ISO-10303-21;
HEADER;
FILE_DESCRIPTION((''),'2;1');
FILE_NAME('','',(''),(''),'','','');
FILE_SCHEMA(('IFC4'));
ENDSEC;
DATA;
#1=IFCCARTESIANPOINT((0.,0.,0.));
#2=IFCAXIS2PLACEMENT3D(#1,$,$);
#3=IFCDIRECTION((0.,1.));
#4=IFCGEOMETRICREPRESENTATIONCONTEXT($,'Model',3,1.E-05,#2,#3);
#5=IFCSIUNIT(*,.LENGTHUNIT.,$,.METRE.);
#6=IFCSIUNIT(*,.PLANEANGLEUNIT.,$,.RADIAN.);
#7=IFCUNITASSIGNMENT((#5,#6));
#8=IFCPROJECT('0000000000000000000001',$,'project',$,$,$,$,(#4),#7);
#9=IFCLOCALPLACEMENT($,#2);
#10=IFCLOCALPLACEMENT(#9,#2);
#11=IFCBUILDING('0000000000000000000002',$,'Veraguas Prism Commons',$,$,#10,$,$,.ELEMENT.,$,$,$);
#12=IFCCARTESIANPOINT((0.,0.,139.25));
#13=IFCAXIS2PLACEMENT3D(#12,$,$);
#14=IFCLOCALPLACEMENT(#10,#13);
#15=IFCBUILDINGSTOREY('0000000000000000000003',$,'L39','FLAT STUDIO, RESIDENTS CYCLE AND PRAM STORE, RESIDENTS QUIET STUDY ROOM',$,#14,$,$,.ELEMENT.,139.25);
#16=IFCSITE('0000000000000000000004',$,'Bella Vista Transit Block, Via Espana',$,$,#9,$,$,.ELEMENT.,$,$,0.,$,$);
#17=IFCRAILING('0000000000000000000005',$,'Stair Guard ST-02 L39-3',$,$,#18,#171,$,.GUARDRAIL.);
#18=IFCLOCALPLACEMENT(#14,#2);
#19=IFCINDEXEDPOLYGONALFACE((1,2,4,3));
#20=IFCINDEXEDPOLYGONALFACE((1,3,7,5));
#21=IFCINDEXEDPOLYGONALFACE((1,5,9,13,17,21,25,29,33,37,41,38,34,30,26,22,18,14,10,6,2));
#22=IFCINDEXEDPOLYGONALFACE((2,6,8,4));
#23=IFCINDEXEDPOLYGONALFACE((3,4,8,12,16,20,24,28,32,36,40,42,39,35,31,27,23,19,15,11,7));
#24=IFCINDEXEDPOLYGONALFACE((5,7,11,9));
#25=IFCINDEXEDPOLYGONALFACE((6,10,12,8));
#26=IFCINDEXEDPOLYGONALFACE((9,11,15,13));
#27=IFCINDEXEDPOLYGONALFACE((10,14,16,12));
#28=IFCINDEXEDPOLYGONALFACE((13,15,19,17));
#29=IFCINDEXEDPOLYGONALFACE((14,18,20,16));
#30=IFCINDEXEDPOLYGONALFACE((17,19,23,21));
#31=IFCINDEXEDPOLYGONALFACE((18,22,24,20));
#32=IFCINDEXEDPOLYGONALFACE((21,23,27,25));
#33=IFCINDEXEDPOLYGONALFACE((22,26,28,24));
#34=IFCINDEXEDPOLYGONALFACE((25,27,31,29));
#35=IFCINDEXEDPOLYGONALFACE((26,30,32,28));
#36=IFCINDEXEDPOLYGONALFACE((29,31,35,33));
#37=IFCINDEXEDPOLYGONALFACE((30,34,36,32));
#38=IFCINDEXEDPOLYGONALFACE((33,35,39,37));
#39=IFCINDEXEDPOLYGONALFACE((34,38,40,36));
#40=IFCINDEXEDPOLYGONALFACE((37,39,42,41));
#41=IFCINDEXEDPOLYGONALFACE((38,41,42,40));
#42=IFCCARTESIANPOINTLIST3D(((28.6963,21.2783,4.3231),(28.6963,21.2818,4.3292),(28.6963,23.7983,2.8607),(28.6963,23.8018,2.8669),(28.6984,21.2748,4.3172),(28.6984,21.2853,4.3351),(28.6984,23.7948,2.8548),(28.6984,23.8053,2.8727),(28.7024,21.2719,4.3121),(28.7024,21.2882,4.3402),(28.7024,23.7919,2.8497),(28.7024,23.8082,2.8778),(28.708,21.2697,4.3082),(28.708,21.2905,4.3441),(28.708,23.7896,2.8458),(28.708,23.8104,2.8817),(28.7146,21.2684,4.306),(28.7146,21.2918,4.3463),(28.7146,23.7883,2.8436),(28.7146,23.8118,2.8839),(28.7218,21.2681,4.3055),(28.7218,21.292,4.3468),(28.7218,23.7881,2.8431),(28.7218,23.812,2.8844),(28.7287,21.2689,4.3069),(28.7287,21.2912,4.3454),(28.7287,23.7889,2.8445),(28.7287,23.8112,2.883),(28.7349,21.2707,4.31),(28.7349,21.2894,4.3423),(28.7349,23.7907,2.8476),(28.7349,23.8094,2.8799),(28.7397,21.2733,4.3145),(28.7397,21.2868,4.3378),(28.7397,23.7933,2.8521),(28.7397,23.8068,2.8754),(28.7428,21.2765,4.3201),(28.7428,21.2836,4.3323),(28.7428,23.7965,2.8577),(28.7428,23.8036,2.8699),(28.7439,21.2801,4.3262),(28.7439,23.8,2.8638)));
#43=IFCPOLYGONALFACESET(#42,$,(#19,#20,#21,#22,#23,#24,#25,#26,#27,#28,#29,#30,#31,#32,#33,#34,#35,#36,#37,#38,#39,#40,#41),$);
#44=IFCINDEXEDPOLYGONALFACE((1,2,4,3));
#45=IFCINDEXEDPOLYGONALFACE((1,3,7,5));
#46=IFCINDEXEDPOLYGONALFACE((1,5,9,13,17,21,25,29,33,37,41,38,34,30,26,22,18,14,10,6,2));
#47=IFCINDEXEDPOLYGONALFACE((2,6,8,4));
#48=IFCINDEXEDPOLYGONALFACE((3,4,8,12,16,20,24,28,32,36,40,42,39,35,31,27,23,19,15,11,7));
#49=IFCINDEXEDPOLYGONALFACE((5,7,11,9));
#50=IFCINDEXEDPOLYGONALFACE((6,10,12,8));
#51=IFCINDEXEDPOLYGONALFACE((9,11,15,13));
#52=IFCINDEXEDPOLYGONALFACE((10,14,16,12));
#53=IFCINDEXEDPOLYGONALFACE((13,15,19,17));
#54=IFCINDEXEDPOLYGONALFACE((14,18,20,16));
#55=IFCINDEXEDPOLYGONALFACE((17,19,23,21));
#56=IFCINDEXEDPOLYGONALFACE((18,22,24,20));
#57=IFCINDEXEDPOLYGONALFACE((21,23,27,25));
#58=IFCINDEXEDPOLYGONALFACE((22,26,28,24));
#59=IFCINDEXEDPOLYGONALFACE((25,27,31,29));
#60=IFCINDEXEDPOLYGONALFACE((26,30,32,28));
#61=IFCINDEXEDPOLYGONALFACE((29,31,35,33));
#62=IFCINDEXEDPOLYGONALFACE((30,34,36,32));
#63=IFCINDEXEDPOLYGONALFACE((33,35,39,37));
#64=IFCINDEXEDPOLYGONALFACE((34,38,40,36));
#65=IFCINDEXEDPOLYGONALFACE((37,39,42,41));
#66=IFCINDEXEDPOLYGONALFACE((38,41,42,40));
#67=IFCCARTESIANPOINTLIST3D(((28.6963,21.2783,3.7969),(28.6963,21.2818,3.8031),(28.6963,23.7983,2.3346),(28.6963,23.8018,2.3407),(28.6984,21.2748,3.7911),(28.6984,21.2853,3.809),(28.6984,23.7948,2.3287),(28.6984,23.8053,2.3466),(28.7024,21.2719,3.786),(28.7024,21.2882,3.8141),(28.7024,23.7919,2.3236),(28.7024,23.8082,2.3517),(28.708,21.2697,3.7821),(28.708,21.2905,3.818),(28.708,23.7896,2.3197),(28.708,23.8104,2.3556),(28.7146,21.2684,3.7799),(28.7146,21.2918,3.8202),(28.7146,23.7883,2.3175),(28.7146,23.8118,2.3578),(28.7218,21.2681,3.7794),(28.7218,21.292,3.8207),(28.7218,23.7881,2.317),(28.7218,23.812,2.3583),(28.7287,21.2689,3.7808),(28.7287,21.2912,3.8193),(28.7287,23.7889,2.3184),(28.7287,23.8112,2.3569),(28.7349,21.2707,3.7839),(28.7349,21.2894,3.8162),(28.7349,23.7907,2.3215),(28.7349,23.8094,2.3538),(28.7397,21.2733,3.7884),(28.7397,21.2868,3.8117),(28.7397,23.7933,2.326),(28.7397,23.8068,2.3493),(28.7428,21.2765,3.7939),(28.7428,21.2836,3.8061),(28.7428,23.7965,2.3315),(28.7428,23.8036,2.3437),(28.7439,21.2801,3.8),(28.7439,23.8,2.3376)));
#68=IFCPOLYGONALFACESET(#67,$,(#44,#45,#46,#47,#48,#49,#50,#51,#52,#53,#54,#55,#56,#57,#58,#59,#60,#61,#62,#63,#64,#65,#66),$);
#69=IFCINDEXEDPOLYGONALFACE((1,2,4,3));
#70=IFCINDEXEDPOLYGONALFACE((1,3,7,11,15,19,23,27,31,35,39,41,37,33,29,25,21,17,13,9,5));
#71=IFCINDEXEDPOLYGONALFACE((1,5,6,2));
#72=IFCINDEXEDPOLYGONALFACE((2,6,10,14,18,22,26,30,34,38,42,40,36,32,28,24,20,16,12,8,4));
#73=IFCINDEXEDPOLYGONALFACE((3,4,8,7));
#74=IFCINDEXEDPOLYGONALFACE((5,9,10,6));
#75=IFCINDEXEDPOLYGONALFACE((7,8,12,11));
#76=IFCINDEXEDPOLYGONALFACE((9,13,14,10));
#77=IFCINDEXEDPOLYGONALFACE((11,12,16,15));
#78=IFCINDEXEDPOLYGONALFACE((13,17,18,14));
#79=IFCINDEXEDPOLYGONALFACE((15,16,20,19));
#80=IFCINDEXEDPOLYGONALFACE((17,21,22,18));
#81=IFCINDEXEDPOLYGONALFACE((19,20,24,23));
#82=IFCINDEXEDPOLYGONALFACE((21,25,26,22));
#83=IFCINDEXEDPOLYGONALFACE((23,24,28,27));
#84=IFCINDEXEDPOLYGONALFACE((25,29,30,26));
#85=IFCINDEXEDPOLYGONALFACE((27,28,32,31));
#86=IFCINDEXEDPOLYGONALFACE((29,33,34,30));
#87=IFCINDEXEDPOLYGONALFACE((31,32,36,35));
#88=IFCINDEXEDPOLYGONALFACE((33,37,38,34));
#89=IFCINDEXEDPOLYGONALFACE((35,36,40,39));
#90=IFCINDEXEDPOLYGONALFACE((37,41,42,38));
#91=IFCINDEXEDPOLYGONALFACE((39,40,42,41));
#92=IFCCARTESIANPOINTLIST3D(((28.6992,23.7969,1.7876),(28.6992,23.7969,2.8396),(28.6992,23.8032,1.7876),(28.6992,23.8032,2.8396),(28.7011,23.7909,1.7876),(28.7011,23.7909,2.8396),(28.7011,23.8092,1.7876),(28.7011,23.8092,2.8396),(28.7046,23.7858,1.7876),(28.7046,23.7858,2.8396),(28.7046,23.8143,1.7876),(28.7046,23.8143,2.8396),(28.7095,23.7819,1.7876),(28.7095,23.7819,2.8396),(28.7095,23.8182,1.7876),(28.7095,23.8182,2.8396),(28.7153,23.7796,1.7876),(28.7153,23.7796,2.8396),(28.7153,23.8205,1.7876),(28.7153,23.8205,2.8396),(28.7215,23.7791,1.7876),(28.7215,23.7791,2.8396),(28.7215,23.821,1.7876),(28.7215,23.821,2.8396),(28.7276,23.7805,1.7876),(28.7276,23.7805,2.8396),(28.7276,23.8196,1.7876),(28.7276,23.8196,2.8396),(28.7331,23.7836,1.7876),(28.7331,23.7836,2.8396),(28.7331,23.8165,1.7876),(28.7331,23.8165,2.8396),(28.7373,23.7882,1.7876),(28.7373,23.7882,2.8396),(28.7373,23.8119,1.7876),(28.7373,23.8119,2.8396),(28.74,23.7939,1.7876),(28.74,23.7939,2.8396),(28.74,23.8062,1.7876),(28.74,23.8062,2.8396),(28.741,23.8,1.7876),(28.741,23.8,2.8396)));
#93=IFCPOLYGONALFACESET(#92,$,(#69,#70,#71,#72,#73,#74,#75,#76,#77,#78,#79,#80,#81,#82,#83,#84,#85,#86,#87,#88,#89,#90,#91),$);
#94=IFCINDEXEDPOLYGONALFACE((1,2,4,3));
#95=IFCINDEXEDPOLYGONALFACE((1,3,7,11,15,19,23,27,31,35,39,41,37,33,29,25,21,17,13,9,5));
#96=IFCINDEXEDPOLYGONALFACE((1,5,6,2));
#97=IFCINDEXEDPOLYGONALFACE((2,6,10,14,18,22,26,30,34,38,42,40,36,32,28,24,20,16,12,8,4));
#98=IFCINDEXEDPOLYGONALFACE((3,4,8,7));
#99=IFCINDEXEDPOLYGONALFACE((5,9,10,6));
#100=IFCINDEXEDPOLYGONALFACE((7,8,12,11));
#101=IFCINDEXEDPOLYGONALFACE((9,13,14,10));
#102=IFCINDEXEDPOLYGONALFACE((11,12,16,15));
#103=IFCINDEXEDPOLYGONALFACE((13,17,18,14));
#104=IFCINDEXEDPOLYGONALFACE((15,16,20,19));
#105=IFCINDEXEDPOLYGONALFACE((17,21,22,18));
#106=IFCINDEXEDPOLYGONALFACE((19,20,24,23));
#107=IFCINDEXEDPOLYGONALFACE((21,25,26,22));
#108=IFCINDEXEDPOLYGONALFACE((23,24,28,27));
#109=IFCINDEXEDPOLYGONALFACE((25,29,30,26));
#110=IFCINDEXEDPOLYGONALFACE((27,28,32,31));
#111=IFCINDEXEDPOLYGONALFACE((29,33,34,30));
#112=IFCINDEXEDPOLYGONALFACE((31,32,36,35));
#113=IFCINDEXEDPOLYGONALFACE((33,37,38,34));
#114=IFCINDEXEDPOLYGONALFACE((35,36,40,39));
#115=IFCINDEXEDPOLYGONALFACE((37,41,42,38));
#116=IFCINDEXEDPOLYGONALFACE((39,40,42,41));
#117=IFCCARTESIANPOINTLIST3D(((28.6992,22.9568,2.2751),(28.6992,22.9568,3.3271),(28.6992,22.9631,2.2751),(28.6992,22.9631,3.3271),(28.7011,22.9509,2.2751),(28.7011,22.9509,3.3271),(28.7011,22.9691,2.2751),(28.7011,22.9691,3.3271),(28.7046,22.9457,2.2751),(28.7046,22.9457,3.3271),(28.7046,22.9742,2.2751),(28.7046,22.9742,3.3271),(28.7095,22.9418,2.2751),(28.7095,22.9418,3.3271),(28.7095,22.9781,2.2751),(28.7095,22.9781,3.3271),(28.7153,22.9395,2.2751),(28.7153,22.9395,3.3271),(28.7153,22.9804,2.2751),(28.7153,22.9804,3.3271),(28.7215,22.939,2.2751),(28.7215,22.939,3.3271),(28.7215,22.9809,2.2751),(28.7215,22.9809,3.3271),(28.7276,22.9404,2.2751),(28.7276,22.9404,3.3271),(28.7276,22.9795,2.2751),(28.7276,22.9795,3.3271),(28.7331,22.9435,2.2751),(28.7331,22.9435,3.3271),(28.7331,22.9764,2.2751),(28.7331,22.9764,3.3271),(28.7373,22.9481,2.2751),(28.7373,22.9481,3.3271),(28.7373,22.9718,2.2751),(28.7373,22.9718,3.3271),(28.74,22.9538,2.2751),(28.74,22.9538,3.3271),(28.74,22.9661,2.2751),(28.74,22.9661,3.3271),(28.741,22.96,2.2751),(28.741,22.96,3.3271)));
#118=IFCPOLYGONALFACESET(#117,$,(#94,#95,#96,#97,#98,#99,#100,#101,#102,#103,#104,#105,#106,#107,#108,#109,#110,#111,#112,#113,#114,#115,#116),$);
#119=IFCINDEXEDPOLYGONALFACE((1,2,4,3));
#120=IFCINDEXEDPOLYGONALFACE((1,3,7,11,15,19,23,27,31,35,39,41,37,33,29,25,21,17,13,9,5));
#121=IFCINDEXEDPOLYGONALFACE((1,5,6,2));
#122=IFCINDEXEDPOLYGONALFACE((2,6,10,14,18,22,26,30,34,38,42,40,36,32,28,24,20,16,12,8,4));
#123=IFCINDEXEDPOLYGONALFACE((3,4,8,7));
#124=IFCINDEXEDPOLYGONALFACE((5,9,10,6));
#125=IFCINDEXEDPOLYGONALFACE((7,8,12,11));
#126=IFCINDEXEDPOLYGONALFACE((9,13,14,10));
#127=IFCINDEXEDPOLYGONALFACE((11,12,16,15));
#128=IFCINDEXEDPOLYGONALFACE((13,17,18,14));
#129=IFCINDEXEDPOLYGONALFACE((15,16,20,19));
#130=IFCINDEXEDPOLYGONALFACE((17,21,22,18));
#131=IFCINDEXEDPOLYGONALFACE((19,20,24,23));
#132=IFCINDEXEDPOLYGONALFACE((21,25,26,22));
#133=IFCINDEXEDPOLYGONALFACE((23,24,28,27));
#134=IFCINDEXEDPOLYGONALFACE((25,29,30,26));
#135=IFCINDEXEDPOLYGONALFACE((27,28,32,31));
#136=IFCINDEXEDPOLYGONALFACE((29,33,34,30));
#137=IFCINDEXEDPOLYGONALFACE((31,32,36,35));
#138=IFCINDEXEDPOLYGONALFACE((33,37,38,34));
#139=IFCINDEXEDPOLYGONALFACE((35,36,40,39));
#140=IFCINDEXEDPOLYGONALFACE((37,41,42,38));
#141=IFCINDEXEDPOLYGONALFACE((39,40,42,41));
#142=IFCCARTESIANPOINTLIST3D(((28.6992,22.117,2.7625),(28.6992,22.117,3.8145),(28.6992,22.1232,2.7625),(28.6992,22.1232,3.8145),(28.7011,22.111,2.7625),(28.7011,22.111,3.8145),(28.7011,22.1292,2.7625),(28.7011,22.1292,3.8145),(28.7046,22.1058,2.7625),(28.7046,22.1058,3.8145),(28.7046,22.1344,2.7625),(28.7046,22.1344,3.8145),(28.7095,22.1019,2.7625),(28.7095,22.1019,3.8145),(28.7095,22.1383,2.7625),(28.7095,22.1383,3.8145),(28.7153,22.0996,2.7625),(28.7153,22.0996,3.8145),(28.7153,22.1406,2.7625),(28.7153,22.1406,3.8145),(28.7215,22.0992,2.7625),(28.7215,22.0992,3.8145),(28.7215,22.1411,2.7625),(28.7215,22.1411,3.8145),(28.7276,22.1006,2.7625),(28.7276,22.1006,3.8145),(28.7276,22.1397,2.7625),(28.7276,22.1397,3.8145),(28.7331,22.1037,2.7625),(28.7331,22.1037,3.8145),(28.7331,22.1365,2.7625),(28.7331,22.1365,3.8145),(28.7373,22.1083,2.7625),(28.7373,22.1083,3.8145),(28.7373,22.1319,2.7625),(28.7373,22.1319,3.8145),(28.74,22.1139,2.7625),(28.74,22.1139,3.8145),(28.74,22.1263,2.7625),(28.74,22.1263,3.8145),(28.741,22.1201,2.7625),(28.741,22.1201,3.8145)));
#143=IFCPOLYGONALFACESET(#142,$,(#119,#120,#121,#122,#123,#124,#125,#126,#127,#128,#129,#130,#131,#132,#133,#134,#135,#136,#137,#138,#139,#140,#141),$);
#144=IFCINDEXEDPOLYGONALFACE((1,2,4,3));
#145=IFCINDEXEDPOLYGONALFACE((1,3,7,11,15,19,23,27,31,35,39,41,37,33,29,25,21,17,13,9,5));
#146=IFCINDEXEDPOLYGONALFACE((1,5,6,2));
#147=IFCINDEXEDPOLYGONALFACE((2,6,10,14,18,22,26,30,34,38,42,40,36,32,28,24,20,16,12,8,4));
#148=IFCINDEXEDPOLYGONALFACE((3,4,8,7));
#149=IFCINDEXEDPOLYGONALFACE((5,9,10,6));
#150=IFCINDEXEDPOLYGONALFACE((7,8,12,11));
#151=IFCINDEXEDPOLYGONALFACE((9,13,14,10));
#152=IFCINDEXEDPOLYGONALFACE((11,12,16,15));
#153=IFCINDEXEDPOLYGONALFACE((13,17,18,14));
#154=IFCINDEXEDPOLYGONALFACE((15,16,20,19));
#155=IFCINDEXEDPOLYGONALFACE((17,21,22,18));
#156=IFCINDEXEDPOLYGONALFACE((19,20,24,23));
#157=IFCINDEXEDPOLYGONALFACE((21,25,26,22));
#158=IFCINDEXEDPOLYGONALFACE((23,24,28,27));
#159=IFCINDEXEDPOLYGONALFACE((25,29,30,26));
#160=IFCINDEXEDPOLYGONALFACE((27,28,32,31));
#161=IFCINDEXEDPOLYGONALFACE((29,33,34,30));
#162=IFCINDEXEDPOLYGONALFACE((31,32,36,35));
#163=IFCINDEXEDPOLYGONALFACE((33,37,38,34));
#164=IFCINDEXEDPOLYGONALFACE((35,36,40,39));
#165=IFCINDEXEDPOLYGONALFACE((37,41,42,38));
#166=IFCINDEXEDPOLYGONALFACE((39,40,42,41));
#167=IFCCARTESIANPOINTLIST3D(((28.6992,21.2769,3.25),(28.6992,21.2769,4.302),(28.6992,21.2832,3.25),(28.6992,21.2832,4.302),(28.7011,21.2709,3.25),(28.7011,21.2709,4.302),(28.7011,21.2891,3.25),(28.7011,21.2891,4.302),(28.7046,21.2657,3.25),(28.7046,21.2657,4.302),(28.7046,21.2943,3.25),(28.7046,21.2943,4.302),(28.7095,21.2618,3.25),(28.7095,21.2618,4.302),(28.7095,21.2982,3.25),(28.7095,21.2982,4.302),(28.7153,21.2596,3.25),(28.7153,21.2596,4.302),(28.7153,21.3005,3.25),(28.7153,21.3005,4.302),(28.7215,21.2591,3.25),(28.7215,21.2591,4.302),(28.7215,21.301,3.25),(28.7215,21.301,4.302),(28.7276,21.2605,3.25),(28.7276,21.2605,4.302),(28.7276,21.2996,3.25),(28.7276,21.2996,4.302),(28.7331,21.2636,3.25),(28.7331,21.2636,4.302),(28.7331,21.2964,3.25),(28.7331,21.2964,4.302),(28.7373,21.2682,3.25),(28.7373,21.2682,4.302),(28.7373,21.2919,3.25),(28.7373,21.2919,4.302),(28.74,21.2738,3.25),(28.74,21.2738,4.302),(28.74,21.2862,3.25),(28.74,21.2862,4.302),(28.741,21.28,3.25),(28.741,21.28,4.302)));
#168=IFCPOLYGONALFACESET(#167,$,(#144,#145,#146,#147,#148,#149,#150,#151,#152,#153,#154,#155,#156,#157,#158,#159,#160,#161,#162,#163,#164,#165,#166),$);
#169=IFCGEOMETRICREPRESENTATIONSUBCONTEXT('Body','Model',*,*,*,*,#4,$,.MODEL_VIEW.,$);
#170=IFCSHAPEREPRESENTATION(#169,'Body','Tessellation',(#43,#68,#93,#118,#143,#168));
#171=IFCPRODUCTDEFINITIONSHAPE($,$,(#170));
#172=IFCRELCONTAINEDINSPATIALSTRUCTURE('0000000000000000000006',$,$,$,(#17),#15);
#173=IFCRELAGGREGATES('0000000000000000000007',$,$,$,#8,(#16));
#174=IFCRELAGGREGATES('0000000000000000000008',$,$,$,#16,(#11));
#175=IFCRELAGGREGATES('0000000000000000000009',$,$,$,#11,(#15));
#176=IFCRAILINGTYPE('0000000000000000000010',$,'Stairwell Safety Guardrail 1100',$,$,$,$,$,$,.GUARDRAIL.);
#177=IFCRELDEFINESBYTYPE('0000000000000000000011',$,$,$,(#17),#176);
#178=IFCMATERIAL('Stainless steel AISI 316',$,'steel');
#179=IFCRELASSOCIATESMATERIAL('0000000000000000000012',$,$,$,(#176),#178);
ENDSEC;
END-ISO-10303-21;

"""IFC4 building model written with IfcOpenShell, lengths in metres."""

from ifc_helpers import new_model, si_unit, direction, frame, origin, origin_2d, place, context, subcontext, project, spatial, circle, extrude, material, type_object, element, save


model = new_model("IFC4")

# Units and contexts
model_context = context("Model", 3, precision=1e-05, world=origin(), true_north=direction((0.0, 1.0)))
body_context = subcontext(model_context, "Body", "Model", "MODEL_VIEW")
ifc_project = project(units=[si_unit("LENGTHUNIT", "METRE"), si_unit("PLANEANGLEUNIT", "RADIAN")], contexts=[model_context])

# Site, building, storey
site_placement = place(None, origin())
site = spatial("IfcSite", under=ifc_project, at=site_placement, Name="Bella Vista Transit Block, Via Espana", CompositionType="ELEMENT", RefElevation=0.0)
building_placement = place(site_placement, origin())
building = spatial("IfcBuilding", under=site, at=building_placement, Name="Veraguas Prism Commons", CompositionType="ELEMENT")
storey_placement = place(building_placement, frame((0.0, 0.0, 139.25)))
storey = spatial("IfcBuildingStorey", under=building, at=storey_placement, Name="L39", Description="FLAT STUDIO, RESIDENTS CYCLE AND PRAM STORE, RESIDENTS QUIET STUDY ROOM", CompositionType="ELEMENT", Elevation=139.25)

# Shared definitions
ifc_material_1 = material(Name="Stainless steel AISI 316", Category="steel")

# Railing
railing_type_1 = type_object("IfcRailingType", Name="Stairwell Safety Guardrail 1100", PredefinedType="GUARDRAIL", material=ifc_material_1)
railing_1_placement = place(storey_placement, frame((28.72, 23.8, 1.7876)))
element("IfcRailing", 1, at=railing_1_placement, inside=storey, type_object=railing_type_1, Name="Stair Guard ST-02 L39-3", PredefinedType="GUARDRAIL", context=body_context, shape_type="SweptSolid", body=[
    extrude(circle(Radius=0.0239, at=origin_2d()), frame((0.0, 0.0, 1.0762), z_axis=(0.0, -0.864913, 0.501921), x_axis=(1.0, 0.0, 0.0)), (0.0, 0.0, 1.0), 2.9136),
    extrude(circle(Radius=0.0239, at=origin_2d()), frame((0.0, 0.0, 0.55), z_axis=(0.0, -0.864913, 0.501921), x_axis=(1.0, 0.0, 0.0)), (0.0, 0.0, 1.0), 2.9136),
    extrude(circle(Radius=0.021, at=origin_2d()), origin(), (0.0, 0.0, 1.0), 1.052),
    extrude(circle(Radius=0.021, at=origin_2d()), frame((0.0, -0.8401, 0.4875)), (0.0, 0.0, 1.0), 1.052),
    extrude(circle(Radius=0.021, at=origin_2d()), frame((0.0, -1.6799, 0.9749)), (0.0, 0.0, 1.0), 1.052),
    extrude(circle(Radius=0.021, at=origin_2d()), frame((0.0, -2.52, 1.4624)), (0.0, 0.0, 1.0), 1.052),
])

save(model, "model.ifc")
